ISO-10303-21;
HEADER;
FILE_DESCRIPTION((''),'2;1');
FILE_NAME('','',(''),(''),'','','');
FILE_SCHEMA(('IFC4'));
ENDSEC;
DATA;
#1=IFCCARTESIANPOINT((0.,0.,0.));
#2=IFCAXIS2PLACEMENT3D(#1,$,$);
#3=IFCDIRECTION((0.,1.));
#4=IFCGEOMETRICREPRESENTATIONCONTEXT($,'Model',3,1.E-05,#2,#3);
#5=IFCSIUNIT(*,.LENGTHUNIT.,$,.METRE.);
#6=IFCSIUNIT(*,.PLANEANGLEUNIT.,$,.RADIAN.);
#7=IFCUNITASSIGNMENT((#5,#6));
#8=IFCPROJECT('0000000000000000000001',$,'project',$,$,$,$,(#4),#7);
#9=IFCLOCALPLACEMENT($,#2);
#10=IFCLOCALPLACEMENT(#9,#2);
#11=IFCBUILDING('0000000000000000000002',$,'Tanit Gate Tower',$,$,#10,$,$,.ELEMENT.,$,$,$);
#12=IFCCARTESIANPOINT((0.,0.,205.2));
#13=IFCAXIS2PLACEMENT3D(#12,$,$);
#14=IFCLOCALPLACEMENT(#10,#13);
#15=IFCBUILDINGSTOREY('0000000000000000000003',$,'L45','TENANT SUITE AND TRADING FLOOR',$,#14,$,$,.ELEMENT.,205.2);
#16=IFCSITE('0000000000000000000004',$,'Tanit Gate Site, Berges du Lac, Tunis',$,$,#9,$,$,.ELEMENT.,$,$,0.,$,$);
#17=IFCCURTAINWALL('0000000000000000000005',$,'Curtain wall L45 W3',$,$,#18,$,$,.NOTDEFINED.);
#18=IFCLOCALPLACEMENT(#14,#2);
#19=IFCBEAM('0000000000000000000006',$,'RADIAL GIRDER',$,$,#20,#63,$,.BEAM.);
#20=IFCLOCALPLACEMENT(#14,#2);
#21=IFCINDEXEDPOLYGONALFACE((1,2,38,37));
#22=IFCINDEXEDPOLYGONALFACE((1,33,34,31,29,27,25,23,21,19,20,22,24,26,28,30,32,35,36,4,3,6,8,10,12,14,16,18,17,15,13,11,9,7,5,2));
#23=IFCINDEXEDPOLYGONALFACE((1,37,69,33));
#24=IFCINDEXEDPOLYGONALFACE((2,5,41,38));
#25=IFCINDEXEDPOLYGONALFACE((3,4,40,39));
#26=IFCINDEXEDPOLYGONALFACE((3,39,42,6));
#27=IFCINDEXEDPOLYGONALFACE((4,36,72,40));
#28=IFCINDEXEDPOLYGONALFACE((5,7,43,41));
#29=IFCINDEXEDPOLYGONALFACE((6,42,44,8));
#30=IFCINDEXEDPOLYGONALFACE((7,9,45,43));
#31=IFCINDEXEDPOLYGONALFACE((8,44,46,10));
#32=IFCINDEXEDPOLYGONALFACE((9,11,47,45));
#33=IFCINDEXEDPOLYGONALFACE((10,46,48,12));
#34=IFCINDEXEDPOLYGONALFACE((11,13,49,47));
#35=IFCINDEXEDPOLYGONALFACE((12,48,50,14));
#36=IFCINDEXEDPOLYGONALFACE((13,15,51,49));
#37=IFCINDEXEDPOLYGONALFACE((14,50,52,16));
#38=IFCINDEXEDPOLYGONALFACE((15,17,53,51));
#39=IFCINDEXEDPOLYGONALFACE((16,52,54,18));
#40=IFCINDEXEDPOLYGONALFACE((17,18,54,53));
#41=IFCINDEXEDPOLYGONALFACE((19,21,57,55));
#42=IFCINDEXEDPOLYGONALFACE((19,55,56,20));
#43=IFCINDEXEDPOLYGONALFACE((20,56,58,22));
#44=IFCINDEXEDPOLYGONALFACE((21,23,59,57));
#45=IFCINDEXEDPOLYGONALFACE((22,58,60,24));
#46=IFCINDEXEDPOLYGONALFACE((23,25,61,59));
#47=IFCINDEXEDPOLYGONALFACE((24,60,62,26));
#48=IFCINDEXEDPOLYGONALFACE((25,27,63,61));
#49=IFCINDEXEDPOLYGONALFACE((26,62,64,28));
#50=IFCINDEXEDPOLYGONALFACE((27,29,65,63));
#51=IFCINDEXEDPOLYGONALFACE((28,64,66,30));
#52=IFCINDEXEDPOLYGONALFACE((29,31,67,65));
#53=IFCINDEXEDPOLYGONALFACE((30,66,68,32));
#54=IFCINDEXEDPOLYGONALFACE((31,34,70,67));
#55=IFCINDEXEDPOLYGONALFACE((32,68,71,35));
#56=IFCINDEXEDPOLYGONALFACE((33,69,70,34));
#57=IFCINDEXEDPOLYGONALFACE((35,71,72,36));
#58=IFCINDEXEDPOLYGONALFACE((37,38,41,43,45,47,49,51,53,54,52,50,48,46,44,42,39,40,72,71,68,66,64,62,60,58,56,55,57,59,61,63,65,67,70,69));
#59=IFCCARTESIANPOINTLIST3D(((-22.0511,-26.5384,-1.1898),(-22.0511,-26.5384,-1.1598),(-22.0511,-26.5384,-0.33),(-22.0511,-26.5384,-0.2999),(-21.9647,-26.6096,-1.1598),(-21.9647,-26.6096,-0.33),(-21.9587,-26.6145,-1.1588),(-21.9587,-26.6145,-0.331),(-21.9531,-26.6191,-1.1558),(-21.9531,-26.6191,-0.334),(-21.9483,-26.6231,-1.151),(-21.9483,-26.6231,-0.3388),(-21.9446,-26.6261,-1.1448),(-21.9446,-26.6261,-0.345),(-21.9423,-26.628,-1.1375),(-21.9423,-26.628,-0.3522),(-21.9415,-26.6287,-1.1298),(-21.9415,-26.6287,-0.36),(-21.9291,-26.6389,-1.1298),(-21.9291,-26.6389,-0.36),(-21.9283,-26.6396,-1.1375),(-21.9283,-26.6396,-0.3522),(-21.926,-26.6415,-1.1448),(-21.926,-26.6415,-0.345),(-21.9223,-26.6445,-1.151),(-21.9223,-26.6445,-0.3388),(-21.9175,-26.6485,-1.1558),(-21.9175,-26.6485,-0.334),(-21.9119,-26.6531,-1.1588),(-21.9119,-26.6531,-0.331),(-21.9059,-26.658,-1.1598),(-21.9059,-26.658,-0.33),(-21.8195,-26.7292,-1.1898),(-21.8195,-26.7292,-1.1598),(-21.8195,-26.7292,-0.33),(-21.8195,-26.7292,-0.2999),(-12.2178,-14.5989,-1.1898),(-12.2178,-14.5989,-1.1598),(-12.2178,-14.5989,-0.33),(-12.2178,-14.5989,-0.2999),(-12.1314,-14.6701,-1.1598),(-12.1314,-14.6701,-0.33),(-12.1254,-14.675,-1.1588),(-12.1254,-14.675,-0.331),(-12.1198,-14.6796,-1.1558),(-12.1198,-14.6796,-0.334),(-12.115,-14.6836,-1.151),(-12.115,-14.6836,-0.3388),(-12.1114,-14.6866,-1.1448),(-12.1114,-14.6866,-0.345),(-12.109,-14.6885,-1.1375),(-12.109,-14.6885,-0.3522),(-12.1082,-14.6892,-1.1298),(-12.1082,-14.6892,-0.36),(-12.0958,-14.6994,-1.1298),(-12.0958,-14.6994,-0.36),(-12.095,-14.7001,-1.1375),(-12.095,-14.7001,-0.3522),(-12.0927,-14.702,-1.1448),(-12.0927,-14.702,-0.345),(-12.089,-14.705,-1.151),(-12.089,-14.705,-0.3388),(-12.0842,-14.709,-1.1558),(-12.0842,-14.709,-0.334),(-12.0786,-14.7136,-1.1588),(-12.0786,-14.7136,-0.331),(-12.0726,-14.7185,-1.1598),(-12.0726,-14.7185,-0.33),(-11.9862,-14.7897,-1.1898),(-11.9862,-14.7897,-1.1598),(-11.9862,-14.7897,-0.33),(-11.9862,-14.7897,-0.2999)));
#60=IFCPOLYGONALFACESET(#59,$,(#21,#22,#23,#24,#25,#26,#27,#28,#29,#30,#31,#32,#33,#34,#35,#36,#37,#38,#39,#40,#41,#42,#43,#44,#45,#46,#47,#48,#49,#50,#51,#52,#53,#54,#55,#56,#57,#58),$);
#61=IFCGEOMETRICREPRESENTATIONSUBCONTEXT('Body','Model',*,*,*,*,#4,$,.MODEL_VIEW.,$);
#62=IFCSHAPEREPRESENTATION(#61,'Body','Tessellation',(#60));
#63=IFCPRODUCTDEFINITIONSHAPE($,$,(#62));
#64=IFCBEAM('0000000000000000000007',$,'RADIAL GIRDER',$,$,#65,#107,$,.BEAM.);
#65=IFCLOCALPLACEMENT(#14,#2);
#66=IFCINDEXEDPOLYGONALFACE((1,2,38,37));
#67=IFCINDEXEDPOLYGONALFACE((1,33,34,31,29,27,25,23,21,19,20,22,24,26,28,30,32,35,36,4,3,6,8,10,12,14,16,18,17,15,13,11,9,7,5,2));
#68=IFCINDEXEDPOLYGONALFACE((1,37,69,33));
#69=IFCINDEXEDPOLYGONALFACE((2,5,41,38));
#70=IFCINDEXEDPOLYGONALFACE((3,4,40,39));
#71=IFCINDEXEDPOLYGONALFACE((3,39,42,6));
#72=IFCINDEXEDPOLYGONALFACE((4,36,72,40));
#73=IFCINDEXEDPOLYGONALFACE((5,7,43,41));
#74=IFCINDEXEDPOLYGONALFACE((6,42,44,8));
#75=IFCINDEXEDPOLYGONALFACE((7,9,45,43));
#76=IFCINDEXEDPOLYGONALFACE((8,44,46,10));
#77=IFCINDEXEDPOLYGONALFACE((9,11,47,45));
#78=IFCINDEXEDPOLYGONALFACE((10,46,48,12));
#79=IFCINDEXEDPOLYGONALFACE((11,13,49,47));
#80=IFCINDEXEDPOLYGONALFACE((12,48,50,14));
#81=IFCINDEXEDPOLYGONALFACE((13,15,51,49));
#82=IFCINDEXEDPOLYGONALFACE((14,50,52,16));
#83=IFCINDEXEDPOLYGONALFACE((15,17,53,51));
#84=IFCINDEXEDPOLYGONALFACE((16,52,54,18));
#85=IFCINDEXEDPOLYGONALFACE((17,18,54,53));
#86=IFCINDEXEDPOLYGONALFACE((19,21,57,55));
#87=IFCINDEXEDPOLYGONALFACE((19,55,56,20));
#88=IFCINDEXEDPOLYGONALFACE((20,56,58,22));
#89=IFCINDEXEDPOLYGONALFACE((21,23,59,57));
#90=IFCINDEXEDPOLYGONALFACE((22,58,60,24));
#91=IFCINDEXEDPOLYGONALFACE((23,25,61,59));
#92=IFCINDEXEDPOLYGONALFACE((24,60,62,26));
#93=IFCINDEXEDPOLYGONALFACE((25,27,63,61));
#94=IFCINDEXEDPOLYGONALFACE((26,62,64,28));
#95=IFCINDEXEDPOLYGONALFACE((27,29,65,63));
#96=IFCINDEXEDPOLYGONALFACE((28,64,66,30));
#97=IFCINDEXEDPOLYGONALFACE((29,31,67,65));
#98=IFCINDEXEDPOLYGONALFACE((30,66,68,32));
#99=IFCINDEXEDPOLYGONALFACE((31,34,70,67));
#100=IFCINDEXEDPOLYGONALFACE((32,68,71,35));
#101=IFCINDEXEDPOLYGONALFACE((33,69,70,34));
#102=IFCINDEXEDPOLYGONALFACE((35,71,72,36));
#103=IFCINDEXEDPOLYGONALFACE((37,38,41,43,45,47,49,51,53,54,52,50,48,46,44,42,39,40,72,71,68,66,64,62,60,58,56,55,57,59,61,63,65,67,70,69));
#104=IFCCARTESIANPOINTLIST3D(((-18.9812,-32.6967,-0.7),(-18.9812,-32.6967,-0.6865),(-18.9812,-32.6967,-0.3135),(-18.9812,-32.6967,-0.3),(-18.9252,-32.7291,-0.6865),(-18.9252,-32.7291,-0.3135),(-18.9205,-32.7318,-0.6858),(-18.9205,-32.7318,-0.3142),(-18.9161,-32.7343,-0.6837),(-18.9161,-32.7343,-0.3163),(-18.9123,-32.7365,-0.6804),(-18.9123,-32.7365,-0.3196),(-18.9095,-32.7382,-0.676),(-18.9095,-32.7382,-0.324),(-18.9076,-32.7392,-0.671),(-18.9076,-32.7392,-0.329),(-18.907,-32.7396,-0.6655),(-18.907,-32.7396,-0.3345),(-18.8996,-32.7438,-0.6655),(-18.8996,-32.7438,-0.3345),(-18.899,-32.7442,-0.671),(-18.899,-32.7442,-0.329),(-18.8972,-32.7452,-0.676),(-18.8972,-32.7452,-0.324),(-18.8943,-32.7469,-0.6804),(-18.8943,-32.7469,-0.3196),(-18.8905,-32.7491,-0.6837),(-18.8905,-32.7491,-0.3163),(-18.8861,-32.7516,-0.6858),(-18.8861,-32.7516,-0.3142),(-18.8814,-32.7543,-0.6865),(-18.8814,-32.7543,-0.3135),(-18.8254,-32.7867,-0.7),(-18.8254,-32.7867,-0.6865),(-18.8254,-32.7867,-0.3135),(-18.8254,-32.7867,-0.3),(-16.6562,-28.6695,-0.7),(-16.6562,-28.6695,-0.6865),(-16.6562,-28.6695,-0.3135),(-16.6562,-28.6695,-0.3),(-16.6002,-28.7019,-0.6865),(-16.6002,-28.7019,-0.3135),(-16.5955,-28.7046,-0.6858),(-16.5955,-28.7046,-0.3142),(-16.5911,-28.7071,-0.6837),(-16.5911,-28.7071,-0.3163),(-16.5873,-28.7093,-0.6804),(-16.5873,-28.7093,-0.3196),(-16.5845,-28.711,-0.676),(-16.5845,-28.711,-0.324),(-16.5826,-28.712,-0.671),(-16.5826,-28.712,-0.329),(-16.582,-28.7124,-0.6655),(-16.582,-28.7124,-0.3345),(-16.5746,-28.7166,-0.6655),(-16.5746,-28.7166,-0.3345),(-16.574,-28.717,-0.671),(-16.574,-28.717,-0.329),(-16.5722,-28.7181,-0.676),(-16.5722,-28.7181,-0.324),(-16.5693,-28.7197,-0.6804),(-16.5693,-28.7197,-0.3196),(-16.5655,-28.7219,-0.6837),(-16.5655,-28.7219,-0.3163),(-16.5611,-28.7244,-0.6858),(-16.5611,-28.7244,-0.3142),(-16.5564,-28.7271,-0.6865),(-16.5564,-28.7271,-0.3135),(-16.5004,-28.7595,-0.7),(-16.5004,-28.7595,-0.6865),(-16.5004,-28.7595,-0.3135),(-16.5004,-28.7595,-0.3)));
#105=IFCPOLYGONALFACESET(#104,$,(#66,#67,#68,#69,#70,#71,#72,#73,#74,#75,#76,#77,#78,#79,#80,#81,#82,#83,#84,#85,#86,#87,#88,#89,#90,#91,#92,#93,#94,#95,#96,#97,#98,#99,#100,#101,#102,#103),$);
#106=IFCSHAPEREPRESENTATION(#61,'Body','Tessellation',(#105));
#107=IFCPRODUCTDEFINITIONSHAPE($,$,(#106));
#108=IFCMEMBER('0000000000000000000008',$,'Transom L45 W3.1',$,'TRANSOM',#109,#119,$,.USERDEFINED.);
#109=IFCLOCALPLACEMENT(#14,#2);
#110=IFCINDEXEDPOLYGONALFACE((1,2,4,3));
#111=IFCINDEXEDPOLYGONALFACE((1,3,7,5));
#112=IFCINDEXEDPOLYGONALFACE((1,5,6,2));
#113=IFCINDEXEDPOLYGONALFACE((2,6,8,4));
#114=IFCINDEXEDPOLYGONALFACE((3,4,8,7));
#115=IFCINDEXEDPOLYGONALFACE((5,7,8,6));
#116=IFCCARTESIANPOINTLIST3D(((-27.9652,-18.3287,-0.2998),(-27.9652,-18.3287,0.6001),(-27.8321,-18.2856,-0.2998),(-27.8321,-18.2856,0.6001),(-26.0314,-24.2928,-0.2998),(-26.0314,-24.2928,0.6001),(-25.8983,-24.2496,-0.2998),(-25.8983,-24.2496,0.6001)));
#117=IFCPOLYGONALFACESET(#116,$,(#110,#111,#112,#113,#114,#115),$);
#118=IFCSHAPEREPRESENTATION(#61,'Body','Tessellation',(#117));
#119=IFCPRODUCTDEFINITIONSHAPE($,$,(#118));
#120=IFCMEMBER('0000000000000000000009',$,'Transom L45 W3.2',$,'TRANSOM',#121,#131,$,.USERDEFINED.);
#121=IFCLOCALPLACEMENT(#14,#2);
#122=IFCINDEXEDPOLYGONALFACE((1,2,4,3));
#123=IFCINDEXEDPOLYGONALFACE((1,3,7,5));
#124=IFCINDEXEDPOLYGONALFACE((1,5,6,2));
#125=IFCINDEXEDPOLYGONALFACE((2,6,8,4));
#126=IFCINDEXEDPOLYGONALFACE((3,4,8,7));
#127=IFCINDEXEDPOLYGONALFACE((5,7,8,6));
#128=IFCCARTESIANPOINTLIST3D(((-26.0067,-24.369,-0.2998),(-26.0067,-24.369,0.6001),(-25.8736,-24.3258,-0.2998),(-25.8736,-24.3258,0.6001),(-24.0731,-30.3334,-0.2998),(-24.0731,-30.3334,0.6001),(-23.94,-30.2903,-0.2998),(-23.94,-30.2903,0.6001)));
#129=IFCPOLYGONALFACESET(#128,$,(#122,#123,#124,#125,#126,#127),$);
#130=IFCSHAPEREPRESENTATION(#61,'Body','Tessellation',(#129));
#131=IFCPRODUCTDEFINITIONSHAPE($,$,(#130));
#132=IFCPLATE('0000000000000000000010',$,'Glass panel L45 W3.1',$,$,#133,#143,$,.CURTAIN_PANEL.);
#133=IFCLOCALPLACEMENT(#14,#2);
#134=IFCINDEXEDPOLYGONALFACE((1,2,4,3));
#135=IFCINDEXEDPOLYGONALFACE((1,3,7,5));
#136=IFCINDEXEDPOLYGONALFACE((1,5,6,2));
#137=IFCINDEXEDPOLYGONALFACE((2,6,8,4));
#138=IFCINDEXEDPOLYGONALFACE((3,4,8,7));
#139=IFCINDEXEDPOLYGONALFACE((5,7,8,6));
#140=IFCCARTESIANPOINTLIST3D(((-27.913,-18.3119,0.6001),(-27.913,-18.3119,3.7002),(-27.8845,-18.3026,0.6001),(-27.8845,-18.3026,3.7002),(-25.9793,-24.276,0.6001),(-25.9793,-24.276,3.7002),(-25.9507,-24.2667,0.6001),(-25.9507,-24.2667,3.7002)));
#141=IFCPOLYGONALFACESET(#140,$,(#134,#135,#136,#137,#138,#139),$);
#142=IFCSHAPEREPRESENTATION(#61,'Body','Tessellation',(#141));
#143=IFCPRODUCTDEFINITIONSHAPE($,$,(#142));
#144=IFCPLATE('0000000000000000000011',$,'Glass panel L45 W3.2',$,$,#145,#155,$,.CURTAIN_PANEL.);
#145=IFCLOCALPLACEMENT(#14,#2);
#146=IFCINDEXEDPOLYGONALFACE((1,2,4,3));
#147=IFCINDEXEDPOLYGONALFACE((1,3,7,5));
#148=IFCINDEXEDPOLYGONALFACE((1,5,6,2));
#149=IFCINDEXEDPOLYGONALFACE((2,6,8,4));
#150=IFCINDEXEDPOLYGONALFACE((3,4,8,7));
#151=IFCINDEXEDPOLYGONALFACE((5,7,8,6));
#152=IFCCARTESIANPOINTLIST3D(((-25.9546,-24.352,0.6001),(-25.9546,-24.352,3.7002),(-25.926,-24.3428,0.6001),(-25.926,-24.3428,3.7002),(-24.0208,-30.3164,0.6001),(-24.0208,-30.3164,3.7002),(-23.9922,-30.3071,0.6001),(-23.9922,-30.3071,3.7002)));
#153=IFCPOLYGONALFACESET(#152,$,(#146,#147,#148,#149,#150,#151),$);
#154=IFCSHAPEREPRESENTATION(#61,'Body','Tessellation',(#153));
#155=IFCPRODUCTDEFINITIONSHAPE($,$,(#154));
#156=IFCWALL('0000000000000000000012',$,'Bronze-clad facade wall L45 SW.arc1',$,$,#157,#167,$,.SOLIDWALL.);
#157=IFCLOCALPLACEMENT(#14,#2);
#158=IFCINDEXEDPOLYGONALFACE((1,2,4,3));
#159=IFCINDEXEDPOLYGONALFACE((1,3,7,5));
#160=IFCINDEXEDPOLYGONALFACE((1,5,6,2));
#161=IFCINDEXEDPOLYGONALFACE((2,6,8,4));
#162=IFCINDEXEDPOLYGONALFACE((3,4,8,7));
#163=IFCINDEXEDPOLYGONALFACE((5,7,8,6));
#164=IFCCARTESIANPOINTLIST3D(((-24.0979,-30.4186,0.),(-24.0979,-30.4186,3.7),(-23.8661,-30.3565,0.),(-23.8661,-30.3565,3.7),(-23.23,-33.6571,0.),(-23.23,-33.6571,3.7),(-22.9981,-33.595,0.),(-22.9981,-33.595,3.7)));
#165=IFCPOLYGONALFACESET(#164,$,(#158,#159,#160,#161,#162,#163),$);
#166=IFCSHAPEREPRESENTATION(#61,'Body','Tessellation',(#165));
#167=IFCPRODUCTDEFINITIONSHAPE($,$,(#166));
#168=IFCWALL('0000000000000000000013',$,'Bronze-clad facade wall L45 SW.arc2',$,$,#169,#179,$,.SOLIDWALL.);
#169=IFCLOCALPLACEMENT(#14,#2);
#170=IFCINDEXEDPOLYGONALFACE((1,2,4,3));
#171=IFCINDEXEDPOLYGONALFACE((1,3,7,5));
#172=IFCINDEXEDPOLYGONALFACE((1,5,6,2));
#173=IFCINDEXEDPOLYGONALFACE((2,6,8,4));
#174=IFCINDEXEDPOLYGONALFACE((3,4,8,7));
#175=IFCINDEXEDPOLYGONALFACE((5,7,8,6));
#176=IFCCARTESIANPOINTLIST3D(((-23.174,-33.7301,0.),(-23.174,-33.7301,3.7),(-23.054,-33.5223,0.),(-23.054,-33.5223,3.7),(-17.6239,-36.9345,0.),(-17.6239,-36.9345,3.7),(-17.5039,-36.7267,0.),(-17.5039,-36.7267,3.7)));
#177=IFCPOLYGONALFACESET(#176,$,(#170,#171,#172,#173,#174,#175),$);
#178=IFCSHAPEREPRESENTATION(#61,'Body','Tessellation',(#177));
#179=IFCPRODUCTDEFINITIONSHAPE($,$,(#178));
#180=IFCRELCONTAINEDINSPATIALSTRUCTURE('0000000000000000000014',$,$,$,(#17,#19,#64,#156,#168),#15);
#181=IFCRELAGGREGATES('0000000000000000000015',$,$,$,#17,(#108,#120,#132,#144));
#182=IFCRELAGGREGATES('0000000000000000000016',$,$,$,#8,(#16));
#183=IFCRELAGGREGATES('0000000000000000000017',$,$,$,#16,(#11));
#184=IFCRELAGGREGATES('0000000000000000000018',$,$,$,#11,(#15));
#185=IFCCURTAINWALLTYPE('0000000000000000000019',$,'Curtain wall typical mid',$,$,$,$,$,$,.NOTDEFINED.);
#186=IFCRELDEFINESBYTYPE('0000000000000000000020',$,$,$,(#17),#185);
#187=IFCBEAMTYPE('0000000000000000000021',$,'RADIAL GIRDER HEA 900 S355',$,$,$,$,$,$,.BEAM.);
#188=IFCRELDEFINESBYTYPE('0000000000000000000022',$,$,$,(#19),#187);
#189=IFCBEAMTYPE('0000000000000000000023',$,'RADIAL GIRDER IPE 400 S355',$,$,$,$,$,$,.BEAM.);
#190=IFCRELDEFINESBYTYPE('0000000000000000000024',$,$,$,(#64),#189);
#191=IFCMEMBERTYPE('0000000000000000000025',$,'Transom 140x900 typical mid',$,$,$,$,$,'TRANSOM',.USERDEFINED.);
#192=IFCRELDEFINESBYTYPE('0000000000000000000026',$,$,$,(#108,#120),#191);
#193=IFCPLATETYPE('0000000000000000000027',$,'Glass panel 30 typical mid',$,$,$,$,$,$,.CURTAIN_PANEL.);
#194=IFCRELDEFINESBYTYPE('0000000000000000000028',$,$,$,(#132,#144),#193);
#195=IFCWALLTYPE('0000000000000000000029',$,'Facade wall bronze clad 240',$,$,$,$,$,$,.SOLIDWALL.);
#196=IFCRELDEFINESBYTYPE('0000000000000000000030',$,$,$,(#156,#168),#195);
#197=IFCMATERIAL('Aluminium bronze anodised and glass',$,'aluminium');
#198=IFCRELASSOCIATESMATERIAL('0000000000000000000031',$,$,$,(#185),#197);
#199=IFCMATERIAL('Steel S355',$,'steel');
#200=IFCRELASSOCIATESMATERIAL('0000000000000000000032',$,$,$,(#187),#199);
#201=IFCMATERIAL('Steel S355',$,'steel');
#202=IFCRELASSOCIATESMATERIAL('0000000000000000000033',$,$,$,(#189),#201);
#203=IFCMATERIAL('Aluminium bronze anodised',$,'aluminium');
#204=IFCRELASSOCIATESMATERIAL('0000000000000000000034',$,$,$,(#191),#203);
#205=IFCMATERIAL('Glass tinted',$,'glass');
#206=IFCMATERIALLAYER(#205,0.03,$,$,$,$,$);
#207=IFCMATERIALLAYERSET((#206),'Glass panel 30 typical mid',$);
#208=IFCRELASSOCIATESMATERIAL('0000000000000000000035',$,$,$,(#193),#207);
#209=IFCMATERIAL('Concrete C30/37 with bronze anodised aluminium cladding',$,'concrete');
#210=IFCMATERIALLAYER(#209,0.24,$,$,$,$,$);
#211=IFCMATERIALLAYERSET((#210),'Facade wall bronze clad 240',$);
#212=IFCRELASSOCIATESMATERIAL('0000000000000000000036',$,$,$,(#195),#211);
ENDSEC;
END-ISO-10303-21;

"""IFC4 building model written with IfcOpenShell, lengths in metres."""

from ifc_helpers import new_model, si_unit, direction, frame, frame_2d, origin, origin_2d, place, context, subcontext, project, spatial, rectangle, i_section, extrude, material, layer, layer_set, material_profile, profile_set, type_object, element, aggregate, save


model = new_model("IFC4")

# Units and contexts
model_context = context("Model", 3, precision=1e-05, world=origin(), true_north=direction((0.0, 1.0)))
body_context = subcontext(model_context, "Body", "Model", "MODEL_VIEW")
ifc_project = project(units=[si_unit("LENGTHUNIT", "METRE"), si_unit("PLANEANGLEUNIT", "RADIAN")], contexts=[model_context])

# Site, building, storey
site_placement = place(None, origin())
site = spatial("IfcSite", under=ifc_project, at=site_placement, Name="Tanit Gate Site, Berges du Lac, Tunis", CompositionType="ELEMENT", RefElevation=0.0)
building_placement = place(site_placement, origin())
building = spatial("IfcBuilding", under=site, at=building_placement, Name="Tanit Gate Tower", CompositionType="ELEMENT")
storey_placement = place(building_placement, frame((0.0, 0.0, 205.2)))
storey = spatial("IfcBuildingStorey", under=building, at=storey_placement, Name="L45", Description="TENANT SUITE AND TRADING FLOOR", CompositionType="ELEMENT", Elevation=205.2)

# Curtain wall
ifc_material_1 = material(Name="Aluminium bronze anodised and glass", Category="aluminium")
curtain_wall_type = type_object("IfcCurtainWallType", Name="Curtain wall typical mid", PredefinedType="NOTDEFINED", material=ifc_material_1)
curtain_wall_1_placement = place(storey_placement, origin())
curtain_wall_1 = element("IfcCurtainWall", 1, at=curtain_wall_1_placement, inside=storey, type_object=curtain_wall_type, Name="Curtain wall L45 W3", PredefinedType="NOTDEFINED")

# Beams
ifc_material_2 = material(Name="Steel S355", Category="steel")
ifc_material_profile_1 = material_profile(ifc_material_2, i_section(OverallWidth=0.3, OverallDepth=0.8899, WebThickness=0.0161, FlangeThickness=0.03, FilletRadius=0.03, at=origin_2d()), Name="HEA 900")
ifc_profile_set_1 = profile_set([ifc_material_profile_1], Name="Steel S355")
beam_type_1 = type_object("IfcBeamType", Name="RADIAL GIRDER HEA 900 S355", PredefinedType="BEAM", material=ifc_profile_set_1)
beam_1_placement = place(storey_placement, frame((-21.9353, -26.6338, -0.7449), z_axis=(0.635737, 0.771906, 0.0), x_axis=(-0.771906, 0.635737, 0.0)))
element("IfcBeam", 2, at=beam_1_placement, inside=storey, type_object=beam_type_1, Name="RADIAL GIRDER", PredefinedType="BEAM", context=body_context, shape_type="SweptSolid", body=[
    extrude(i_section(OverallWidth=0.3, OverallDepth=0.8899, WebThickness=0.0161, FlangeThickness=0.03, FilletRadius=0.03, at=origin_2d()), origin(), (0.0, 0.0, 1.0), 15.4675),
])
ifc_material_3 = material(Name="Steel S355", Category="steel")
ifc_material_profile_2 = material_profile(ifc_material_3, i_section(OverallWidth=0.1799, OverallDepth=0.3999, WebThickness=0.0085, FlangeThickness=0.0134, FilletRadius=0.021, at=origin_2d()), Name="IPE 400")
ifc_profile_set_2 = profile_set([ifc_material_profile_2], Name="Steel S355")
beam_type_2 = type_object("IfcBeamType", Name="RADIAL GIRDER IPE 400 S355", PredefinedType="BEAM", material=ifc_profile_set_2)
beam_2_placement = place(storey_placement, frame((-18.9033, -32.7417, -0.5), z_axis=(0.499985, 0.866034, 0.0), x_axis=(-0.866034, 0.499985, 0.0)))
element("IfcBeam", 3, at=beam_2_placement, inside=storey, type_object=beam_type_2, Name="RADIAL GIRDER", PredefinedType="BEAM", context=body_context, shape_type="SweptSolid", body=[
    extrude(i_section(OverallWidth=0.1799, OverallDepth=0.3999, WebThickness=0.0085, FlangeThickness=0.0134, FilletRadius=0.021, at=origin_2d()), origin(), (0.0, 0.0, 1.0), 4.6501),
])

# Members
ifc_material_4 = material(Name="Aluminium bronze anodised", Category="aluminium")
ifc_material_profile_3 = material_profile(ifc_material_4, rectangle(XDim=0.1399, YDim=0.8999, at=origin_2d()), Name="140x900 bronze transom")
ifc_profile_set_3 = profile_set([ifc_material_profile_3], Name="Aluminium bronze anodised")
member_type_1 = type_object("IfcMemberType", Name="Transom 140x900 typical mid", ElementType="TRANSOM", PredefinedType="USERDEFINED", material=ifc_profile_set_3)
member_1_placement = place(storey_placement, frame((-27.8987, -18.3071, 0.1501), z_axis=(0.308437, -0.951245, 0.0), x_axis=(0.951245, 0.308437, 0.0)))
member_1 = element("IfcMember", 4, at=member_1_placement, type_object=member_type_1, Name="Transom L45 W3.1", ObjectType="TRANSOM", PredefinedType="USERDEFINED", context=body_context, shape_type="SweptSolid", body=[
    extrude(rectangle(XDim=0.1399, YDim=0.8999, at=origin_2d()), origin(), (0.0, 0.0, 1.0), 6.2698),
])
member_2_placement = place(storey_placement, frame((-25.9402, -24.3474, 0.1501), z_axis=(0.30839, -0.95126, 0.0), x_axis=(0.95126, 0.30839, 0.0)))
member_2 = element("IfcMember", 5, at=member_2_placement, type_object=member_type_1, Name="Transom L45 W3.2", ObjectType="TRANSOM", PredefinedType="USERDEFINED", context=body_context, shape_type="SweptSolid", body=[
    extrude(rectangle(XDim=0.1399, YDim=0.8999, at=origin_2d()), origin(), (0.0, 0.0, 1.0), 6.27),
])

# Plates
ifc_material_5 = material(Name="Glass tinted", Category="glass")
ifc_layer_1 = layer(ifc_material_5, 0.03)
ifc_layer_set_1 = layer_set([ifc_layer_1], Name="Glass panel 30 typical mid")
plate_type = type_object("IfcPlateType", Name="Glass panel 30 typical mid", PredefinedType="CURTAIN_PANEL", material=ifc_layer_set_1)
plate_1_placement = place(storey_placement, frame((-26.9319, -21.2893, 0.6001), z_axis=(0.0, 0.0, 1.0), x_axis=(0.308419, -0.951251, 0.0)))
plate_1 = element("IfcPlate", 6, at=plate_1_placement, type_object=plate_type, Name="Glass panel L45 W3.1", PredefinedType="CURTAIN_PANEL", context=body_context, shape_type="SweptSolid", body=[
    extrude(rectangle(XDim=6.2698, YDim=0.03, at=origin_2d()), origin(), (0.0, 0.0, 1.0), 3.1001),
])
plate_2_placement = place(storey_placement, frame((-24.9734, -27.3296, 0.6001), z_axis=(0.0, 0.0, 1.0), x_axis=(0.308419, -0.951251, 0.0)))
plate_2 = element("IfcPlate", 7, at=plate_2_placement, type_object=plate_type, Name="Glass panel L45 W3.2", PredefinedType="CURTAIN_PANEL", context=body_context, shape_type="SweptSolid", body=[
    extrude(rectangle(XDim=6.27, YDim=0.03, at=origin_2d()), origin(), (0.0, 0.0, 1.0), 3.1001),
])
aggregate(curtain_wall_1, [member_1, member_2, plate_1, plate_2])

# Walls
ifc_material_6 = material(Name="Concrete C30/37 with bronze anodised aluminium cladding", Category="concrete")
ifc_layer_2 = layer(ifc_material_6, 0.24)
ifc_layer_set_2 = layer_set([ifc_layer_2], Name="Facade wall bronze clad 240")
wall_type_1 = type_object("IfcWallType", Name="Facade wall bronze clad 240", PredefinedType="SOLIDWALL", material=ifc_layer_set_2)
wall_1_placement = place(storey_placement, frame((-23.9819, -30.3877, 0.0), z_axis=(0.0, 0.0, 1.0), x_axis=(0.258863, -0.965914, 0.0)))
element("IfcWall", 8, at=wall_1_placement, inside=storey, type_object=wall_type_1, Name="Bronze-clad facade wall L45 SW.arc1", PredefinedType="SOLIDWALL", context=body_context, shape_type="SweptSolid", body=[
    extrude(rectangle(XDim=3.3528, YDim=0.24, at=frame_2d((1.6763, 0.0))), origin(), (0.0, 0.0, 1.0), 3.7),
])
wall_2_placement = place(storey_placement, frame((-23.114, -33.6262, 0.0), z_axis=(0.0, 0.0, 1.0), x_axis=(0.866024, -0.500003, 0.0)))
element("IfcWall", 9, at=wall_2_placement, inside=storey, type_object=wall_type_1, Name="Bronze-clad facade wall L45 SW.arc2", PredefinedType="SOLIDWALL", context=body_context, shape_type="SweptSolid", body=[
    extrude(rectangle(XDim=6.4087, YDim=0.24, at=frame_2d((3.2043, 0.0))), origin(), (0.0, 0.0, 1.0), 3.7),
])

save(model, "model.ifc")
